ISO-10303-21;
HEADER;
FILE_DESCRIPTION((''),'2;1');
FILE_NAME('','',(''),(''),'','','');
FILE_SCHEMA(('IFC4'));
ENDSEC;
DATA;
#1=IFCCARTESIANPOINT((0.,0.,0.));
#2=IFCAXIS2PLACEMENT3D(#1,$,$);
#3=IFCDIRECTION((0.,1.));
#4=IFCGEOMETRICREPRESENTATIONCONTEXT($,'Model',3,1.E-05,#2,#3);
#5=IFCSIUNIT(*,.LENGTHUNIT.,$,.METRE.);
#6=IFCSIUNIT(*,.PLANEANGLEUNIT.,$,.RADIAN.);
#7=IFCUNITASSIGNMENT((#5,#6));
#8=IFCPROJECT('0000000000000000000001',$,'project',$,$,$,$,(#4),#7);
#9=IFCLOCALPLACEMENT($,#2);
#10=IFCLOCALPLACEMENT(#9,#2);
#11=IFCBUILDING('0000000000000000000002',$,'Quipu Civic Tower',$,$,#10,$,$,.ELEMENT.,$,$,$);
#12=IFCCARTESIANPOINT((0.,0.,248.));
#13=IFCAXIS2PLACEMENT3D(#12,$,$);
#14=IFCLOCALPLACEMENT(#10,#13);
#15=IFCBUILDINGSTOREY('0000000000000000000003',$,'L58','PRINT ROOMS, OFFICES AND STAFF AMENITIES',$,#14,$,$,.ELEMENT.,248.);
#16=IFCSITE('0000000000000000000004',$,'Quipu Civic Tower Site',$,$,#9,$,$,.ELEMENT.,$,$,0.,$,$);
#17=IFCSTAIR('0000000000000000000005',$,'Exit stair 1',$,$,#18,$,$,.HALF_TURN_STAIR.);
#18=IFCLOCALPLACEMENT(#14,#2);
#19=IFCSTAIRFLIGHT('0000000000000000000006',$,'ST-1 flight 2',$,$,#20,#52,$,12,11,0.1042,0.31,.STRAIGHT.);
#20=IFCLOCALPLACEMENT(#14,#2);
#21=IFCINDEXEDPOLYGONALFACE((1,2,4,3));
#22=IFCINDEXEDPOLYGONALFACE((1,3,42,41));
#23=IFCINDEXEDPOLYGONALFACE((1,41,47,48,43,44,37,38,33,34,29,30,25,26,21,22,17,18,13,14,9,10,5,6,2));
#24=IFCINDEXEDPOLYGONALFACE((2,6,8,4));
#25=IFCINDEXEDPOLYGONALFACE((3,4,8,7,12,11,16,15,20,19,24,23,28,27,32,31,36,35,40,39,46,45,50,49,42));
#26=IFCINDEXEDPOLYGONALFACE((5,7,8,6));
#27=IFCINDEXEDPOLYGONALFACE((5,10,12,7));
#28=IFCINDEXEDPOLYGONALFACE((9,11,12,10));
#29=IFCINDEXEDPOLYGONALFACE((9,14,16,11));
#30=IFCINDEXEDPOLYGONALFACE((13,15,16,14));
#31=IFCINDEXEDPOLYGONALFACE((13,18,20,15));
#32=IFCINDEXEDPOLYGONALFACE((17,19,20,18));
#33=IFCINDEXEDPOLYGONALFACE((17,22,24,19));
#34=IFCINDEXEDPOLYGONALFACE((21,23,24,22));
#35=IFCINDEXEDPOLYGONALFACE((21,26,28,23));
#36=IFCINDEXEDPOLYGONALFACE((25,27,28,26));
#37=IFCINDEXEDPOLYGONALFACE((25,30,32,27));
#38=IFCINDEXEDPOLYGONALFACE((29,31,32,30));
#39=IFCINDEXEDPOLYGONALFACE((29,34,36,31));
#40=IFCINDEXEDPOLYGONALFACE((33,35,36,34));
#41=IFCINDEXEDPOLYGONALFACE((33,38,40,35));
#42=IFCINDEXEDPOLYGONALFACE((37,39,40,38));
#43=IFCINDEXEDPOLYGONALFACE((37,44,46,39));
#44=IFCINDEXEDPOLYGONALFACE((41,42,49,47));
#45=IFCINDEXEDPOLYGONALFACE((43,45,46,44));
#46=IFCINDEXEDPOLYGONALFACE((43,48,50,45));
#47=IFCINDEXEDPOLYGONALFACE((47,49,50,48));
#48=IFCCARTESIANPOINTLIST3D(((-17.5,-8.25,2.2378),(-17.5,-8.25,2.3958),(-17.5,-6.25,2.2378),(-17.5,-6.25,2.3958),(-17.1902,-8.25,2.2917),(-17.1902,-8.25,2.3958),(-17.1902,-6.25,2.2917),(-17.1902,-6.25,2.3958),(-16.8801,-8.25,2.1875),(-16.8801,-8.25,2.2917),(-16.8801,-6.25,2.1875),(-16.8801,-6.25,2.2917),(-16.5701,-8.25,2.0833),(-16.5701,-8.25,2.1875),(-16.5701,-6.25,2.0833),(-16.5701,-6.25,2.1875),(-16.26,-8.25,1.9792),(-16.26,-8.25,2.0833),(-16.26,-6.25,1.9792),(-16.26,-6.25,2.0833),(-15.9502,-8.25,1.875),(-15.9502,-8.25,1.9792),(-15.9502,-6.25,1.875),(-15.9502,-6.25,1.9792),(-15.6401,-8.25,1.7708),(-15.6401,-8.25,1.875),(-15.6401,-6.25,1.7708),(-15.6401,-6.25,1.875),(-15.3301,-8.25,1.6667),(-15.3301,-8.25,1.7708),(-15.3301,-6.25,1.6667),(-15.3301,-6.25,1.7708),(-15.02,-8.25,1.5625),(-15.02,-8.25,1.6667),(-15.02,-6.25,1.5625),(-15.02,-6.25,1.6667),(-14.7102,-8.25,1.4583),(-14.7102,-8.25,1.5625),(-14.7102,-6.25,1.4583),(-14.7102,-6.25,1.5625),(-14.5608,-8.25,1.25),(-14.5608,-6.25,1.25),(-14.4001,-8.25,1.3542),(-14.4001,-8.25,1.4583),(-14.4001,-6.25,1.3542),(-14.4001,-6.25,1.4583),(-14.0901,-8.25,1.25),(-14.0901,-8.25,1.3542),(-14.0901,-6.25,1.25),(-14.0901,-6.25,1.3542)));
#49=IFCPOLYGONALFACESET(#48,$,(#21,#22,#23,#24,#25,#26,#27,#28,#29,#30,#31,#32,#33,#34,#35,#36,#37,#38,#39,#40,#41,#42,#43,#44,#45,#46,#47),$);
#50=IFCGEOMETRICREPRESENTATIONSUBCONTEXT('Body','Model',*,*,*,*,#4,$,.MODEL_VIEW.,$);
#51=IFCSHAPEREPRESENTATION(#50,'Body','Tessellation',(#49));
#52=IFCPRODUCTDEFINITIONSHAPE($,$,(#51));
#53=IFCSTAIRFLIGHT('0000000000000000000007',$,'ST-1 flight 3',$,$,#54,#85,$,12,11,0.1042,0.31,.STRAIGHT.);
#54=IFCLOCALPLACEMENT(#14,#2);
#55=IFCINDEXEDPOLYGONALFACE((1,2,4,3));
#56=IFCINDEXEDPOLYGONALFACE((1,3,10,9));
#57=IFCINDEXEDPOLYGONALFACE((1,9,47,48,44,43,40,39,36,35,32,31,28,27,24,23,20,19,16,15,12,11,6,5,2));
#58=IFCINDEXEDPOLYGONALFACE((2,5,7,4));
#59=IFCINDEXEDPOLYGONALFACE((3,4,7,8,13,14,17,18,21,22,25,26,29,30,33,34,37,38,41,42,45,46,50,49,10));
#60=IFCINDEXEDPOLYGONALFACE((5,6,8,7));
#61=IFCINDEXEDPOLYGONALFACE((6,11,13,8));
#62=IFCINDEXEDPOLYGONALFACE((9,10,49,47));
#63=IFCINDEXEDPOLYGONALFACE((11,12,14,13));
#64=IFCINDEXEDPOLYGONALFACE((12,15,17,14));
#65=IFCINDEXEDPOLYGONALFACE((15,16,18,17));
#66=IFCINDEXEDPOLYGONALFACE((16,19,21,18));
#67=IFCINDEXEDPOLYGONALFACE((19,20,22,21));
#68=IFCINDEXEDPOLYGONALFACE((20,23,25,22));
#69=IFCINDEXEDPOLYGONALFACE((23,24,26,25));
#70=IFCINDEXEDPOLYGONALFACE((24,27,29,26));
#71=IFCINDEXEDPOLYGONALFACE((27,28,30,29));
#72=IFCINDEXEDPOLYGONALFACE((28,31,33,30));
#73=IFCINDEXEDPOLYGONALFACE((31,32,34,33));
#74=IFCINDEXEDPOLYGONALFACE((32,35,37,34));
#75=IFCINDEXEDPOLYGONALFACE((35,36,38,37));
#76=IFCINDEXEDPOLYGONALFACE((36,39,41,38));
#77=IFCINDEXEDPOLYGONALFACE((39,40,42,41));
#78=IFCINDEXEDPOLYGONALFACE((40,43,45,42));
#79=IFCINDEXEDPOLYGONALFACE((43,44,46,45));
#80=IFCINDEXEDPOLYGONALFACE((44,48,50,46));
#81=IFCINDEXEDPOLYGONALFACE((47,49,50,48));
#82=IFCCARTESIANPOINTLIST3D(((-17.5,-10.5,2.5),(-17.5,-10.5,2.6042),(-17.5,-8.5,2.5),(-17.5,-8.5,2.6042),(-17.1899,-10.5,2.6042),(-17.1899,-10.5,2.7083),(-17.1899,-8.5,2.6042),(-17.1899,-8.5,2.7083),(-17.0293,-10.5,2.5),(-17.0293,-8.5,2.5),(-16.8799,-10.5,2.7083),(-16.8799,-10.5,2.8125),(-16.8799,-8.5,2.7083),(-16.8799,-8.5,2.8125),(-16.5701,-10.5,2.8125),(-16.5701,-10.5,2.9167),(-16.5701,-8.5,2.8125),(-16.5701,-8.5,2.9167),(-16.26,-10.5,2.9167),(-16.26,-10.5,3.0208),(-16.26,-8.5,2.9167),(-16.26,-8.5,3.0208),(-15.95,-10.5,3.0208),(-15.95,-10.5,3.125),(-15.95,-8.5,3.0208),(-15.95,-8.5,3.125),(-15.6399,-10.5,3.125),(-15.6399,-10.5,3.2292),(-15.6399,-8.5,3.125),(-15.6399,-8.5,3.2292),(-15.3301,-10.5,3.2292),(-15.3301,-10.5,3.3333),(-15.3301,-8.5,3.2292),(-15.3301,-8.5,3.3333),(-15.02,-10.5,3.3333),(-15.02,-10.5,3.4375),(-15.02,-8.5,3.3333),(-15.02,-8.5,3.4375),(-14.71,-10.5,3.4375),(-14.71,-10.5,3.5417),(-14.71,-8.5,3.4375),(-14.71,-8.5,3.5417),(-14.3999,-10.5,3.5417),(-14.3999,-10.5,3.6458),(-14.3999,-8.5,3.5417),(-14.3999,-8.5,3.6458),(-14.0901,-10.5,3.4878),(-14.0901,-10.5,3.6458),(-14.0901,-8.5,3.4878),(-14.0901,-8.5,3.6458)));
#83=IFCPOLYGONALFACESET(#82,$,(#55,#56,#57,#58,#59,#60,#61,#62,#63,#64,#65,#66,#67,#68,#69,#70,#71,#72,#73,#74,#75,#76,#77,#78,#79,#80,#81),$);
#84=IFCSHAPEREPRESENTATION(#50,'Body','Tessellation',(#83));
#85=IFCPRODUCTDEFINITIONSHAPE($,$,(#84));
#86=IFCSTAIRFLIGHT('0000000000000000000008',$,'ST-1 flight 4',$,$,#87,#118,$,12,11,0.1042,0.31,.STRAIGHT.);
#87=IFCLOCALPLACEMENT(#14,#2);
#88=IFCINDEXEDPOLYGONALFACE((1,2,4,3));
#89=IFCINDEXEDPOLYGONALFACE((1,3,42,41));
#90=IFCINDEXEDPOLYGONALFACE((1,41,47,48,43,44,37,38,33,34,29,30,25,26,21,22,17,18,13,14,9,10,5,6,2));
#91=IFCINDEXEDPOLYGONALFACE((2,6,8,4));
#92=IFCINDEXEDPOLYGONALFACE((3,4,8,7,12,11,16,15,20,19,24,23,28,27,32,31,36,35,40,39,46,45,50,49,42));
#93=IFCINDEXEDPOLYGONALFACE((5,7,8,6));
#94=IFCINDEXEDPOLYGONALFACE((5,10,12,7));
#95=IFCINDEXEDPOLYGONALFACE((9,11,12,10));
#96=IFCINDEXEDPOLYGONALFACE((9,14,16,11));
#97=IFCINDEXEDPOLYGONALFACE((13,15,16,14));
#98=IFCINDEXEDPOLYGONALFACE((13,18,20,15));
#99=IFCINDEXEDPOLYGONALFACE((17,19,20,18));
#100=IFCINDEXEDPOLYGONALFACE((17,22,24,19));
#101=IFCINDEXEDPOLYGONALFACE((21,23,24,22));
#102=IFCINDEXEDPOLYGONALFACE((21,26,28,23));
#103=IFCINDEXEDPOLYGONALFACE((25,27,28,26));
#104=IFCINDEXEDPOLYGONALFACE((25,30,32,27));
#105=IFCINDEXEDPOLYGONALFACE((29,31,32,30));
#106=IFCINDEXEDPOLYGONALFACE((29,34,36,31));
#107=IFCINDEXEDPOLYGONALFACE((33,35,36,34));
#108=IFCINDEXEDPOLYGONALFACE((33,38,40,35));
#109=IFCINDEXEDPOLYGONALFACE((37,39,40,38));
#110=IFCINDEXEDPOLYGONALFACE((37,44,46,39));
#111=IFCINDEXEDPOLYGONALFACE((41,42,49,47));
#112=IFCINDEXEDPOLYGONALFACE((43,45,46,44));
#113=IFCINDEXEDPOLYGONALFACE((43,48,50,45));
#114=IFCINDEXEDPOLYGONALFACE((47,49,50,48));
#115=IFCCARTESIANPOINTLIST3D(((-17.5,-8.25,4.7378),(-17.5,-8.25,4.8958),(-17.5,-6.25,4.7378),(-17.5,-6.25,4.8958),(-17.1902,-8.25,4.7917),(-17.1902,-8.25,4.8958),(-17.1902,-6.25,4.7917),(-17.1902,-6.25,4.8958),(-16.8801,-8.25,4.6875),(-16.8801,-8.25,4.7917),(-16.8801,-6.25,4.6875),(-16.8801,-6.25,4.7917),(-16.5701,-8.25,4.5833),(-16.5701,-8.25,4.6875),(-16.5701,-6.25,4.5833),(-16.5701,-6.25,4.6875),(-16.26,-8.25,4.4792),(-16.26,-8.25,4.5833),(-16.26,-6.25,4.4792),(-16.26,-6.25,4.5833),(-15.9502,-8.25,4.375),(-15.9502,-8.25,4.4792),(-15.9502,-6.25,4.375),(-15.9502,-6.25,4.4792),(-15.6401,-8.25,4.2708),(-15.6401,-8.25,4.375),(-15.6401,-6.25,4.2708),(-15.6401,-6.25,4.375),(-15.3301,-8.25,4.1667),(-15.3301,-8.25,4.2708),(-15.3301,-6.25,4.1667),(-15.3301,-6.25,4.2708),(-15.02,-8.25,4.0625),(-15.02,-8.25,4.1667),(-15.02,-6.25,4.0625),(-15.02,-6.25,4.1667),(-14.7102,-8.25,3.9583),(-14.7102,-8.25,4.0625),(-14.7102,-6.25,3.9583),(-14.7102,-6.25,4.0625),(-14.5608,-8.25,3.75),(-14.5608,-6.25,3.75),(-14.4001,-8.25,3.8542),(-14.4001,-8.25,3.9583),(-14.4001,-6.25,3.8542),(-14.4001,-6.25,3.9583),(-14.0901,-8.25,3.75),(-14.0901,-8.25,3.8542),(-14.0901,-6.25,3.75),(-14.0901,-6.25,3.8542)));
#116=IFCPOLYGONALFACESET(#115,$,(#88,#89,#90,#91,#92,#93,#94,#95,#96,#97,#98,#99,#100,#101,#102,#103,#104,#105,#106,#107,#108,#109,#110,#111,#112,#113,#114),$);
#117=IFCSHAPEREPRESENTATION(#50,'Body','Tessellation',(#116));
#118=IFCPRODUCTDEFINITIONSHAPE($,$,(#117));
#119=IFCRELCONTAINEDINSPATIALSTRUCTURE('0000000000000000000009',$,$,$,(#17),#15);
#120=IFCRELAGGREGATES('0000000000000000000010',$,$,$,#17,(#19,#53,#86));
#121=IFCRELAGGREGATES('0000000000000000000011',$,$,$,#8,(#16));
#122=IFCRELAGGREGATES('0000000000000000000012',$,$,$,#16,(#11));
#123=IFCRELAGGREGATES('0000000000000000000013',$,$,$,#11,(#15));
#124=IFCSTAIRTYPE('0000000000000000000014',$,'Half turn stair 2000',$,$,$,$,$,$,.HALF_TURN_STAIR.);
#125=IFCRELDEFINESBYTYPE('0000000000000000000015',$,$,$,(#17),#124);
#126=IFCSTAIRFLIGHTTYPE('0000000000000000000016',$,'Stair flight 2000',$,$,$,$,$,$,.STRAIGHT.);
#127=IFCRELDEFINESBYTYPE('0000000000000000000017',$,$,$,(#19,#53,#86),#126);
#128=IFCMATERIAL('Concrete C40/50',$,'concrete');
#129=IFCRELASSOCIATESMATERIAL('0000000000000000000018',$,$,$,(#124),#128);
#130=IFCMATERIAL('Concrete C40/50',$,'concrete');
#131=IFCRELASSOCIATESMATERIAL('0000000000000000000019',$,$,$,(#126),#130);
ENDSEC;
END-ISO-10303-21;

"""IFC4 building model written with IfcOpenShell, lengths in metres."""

from ifc_helpers import new_model, si_unit, direction, frame, origin, place, context, subcontext, project, spatial, polyline, outline, extrude, material, type_object, element, aggregate, save


model = new_model("IFC4")

# Units and contexts
model_context = context("Model", 3, precision=1e-05, world=origin(), true_north=direction((0.0, 1.0)))
body_context = subcontext(model_context, "Body", "Model", "MODEL_VIEW")
ifc_project = project(units=[si_unit("LENGTHUNIT", "METRE"), si_unit("PLANEANGLEUNIT", "RADIAN")], contexts=[model_context])

# Site, building, storey
site_placement = place(None, origin())
site = spatial("IfcSite", under=ifc_project, at=site_placement, Name="Quipu Civic Tower Site", CompositionType="ELEMENT", RefElevation=0.0)
building_placement = place(site_placement, origin())
building = spatial("IfcBuilding", under=site, at=building_placement, Name="Quipu Civic Tower", CompositionType="ELEMENT")
storey_placement = place(building_placement, frame((0.0, 0.0, 248.0)))
storey = spatial("IfcBuildingStorey", under=building, at=storey_placement, Name="L58", Description="PRINT ROOMS, OFFICES AND STAFF AMENITIES", CompositionType="ELEMENT", Elevation=248.0)

# Stair, stair flights
ifc_material_1 = material(Name="Concrete C40/50", Category="concrete")
stair_type = type_object("IfcStairType", Name="Half turn stair 2000", PredefinedType="HALF_TURN_STAIR", material=ifc_material_1)
stair_placement = place(storey_placement, origin())
stair = element("IfcStair", 1, at=stair_placement, inside=storey, type_object=stair_type, Name="Exit stair 1", PredefinedType="HALF_TURN_STAIR")
ifc_material_2 = material(Name="Concrete C40/50", Category="concrete")
stair_flight_type = type_object("IfcStairFlightType", Name="Stair flight 2000", PredefinedType="STRAIGHT", material=ifc_material_2)
stair_flight_1_placement = place(storey_placement, frame((-14.0901, -7.25, 1.25), z_axis=(0.0, 0.0, 1.0), x_axis=(-1.0, 0.0, 0.0)))
stair_flight_1 = element("IfcStairFlight", 2, at=stair_flight_1_placement, type_object=stair_flight_type, Name="ST-1 flight 2", NumberOfRisers=12, NumberOfTreads=11, PredefinedType="STRAIGHT", RiserHeight=0.1042, TreadLength=0.31, context=body_context, shape_type="SweptSolid", body=[
    extrude(outline(polyline([(0.0, 0.0), (0.0, 0.1042), (0.3101, 0.1042), (0.3101, 0.2083), (0.6201, 0.2083), (0.6201, 0.3125), (0.9299, 0.3125), (0.9299, 0.4167), (1.24, 0.4167), (1.24, 0.5208), (1.55, 0.5208), (1.55, 0.625), (1.8601, 0.625), (1.8601, 0.7292), (2.1699, 0.7292), (2.1699, 0.8333), (2.48, 0.8333), (2.48, 0.9375), (2.79, 0.9375), (2.79, 1.0417), (3.1001, 1.0417), (3.1001, 1.1458), (3.4099, 1.1458), (3.4099, 1.25), (3.4099, 0.9878), (0.4707, 0.0), (0.0, 0.0)])), frame((0.0, 1.0, 0.0), z_axis=(0.0, -1.0, 0.0), x_axis=(1.0, 0.0, 0.0)), (0.0, 0.0, 1.0), 2.0),
])
stair_flight_2_placement = place(storey_placement, frame((-17.5, -9.5, 2.5), z_axis=(0.0, 0.0, 1.0), x_axis=(1.0, 0.0, 0.0)))
stair_flight_2 = element("IfcStairFlight", 3, at=stair_flight_2_placement, type_object=stair_flight_type, Name="ST-1 flight 3", NumberOfRisers=12, NumberOfTreads=11, PredefinedType="STRAIGHT", RiserHeight=0.1042, TreadLength=0.31, context=body_context, shape_type="SweptSolid", body=[
    extrude(outline(polyline([(0.0, 0.0), (0.0, 0.1042), (0.3101, 0.1042), (0.3101, 0.2083), (0.6201, 0.2083), (0.6201, 0.3125), (0.9299, 0.3125), (0.9299, 0.4167), (1.24, 0.4167), (1.24, 0.5208), (1.55, 0.5208), (1.55, 0.625), (1.8601, 0.625), (1.8601, 0.7292), (2.1699, 0.7292), (2.1699, 0.8333), (2.48, 0.8333), (2.48, 0.9375), (2.79, 0.9375), (2.79, 1.0417), (3.1001, 1.0417), (3.1001, 1.1458), (3.4099, 1.1458), (3.4099, 1.25), (3.4099, 0.9878), (0.4707, 0.0), (0.0, 0.0)])), frame((0.0, 1.0, 0.0), z_axis=(0.0, -1.0, 0.0), x_axis=(1.0, 0.0, 0.0)), (0.0, 0.0, 1.0), 2.0),
])
stair_flight_3_placement = place(storey_placement, frame((-14.0901, -7.25, 3.75), z_axis=(0.0, 0.0, 1.0), x_axis=(-1.0, 0.0, 0.0)))
stair_flight_3 = element("IfcStairFlight", 4, at=stair_flight_3_placement, type_object=stair_flight_type, Name="ST-1 flight 4", NumberOfRisers=12, NumberOfTreads=11, PredefinedType="STRAIGHT", RiserHeight=0.1042, TreadLength=0.31, context=body_context, shape_type="SweptSolid", body=[
    extrude(outline(polyline([(0.0, 0.0), (0.0, 0.1042), (0.3101, 0.1042), (0.3101, 0.2083), (0.6201, 0.2083), (0.6201, 0.3125), (0.9299, 0.3125), (0.9299, 0.4167), (1.24, 0.4167), (1.24, 0.5208), (1.55, 0.5208), (1.55, 0.625), (1.8601, 0.625), (1.8601, 0.7292), (2.1699, 0.7292), (2.1699, 0.8333), (2.48, 0.8333), (2.48, 0.9375), (2.79, 0.9375), (2.79, 1.0417), (3.1001, 1.0417), (3.1001, 1.1458), (3.4099, 1.1458), (3.4099, 1.25), (3.4099, 0.9878), (0.4707, 0.0), (0.0, 0.0)])), frame((0.0, 1.0, 0.0), z_axis=(0.0, -1.0, 0.0), x_axis=(1.0, 0.0, 0.0)), (0.0, 0.0, 1.0), 2.0),
])
aggregate(stair, [stair_flight_1, stair_flight_2, stair_flight_3])

save(model, "model.ifc")
